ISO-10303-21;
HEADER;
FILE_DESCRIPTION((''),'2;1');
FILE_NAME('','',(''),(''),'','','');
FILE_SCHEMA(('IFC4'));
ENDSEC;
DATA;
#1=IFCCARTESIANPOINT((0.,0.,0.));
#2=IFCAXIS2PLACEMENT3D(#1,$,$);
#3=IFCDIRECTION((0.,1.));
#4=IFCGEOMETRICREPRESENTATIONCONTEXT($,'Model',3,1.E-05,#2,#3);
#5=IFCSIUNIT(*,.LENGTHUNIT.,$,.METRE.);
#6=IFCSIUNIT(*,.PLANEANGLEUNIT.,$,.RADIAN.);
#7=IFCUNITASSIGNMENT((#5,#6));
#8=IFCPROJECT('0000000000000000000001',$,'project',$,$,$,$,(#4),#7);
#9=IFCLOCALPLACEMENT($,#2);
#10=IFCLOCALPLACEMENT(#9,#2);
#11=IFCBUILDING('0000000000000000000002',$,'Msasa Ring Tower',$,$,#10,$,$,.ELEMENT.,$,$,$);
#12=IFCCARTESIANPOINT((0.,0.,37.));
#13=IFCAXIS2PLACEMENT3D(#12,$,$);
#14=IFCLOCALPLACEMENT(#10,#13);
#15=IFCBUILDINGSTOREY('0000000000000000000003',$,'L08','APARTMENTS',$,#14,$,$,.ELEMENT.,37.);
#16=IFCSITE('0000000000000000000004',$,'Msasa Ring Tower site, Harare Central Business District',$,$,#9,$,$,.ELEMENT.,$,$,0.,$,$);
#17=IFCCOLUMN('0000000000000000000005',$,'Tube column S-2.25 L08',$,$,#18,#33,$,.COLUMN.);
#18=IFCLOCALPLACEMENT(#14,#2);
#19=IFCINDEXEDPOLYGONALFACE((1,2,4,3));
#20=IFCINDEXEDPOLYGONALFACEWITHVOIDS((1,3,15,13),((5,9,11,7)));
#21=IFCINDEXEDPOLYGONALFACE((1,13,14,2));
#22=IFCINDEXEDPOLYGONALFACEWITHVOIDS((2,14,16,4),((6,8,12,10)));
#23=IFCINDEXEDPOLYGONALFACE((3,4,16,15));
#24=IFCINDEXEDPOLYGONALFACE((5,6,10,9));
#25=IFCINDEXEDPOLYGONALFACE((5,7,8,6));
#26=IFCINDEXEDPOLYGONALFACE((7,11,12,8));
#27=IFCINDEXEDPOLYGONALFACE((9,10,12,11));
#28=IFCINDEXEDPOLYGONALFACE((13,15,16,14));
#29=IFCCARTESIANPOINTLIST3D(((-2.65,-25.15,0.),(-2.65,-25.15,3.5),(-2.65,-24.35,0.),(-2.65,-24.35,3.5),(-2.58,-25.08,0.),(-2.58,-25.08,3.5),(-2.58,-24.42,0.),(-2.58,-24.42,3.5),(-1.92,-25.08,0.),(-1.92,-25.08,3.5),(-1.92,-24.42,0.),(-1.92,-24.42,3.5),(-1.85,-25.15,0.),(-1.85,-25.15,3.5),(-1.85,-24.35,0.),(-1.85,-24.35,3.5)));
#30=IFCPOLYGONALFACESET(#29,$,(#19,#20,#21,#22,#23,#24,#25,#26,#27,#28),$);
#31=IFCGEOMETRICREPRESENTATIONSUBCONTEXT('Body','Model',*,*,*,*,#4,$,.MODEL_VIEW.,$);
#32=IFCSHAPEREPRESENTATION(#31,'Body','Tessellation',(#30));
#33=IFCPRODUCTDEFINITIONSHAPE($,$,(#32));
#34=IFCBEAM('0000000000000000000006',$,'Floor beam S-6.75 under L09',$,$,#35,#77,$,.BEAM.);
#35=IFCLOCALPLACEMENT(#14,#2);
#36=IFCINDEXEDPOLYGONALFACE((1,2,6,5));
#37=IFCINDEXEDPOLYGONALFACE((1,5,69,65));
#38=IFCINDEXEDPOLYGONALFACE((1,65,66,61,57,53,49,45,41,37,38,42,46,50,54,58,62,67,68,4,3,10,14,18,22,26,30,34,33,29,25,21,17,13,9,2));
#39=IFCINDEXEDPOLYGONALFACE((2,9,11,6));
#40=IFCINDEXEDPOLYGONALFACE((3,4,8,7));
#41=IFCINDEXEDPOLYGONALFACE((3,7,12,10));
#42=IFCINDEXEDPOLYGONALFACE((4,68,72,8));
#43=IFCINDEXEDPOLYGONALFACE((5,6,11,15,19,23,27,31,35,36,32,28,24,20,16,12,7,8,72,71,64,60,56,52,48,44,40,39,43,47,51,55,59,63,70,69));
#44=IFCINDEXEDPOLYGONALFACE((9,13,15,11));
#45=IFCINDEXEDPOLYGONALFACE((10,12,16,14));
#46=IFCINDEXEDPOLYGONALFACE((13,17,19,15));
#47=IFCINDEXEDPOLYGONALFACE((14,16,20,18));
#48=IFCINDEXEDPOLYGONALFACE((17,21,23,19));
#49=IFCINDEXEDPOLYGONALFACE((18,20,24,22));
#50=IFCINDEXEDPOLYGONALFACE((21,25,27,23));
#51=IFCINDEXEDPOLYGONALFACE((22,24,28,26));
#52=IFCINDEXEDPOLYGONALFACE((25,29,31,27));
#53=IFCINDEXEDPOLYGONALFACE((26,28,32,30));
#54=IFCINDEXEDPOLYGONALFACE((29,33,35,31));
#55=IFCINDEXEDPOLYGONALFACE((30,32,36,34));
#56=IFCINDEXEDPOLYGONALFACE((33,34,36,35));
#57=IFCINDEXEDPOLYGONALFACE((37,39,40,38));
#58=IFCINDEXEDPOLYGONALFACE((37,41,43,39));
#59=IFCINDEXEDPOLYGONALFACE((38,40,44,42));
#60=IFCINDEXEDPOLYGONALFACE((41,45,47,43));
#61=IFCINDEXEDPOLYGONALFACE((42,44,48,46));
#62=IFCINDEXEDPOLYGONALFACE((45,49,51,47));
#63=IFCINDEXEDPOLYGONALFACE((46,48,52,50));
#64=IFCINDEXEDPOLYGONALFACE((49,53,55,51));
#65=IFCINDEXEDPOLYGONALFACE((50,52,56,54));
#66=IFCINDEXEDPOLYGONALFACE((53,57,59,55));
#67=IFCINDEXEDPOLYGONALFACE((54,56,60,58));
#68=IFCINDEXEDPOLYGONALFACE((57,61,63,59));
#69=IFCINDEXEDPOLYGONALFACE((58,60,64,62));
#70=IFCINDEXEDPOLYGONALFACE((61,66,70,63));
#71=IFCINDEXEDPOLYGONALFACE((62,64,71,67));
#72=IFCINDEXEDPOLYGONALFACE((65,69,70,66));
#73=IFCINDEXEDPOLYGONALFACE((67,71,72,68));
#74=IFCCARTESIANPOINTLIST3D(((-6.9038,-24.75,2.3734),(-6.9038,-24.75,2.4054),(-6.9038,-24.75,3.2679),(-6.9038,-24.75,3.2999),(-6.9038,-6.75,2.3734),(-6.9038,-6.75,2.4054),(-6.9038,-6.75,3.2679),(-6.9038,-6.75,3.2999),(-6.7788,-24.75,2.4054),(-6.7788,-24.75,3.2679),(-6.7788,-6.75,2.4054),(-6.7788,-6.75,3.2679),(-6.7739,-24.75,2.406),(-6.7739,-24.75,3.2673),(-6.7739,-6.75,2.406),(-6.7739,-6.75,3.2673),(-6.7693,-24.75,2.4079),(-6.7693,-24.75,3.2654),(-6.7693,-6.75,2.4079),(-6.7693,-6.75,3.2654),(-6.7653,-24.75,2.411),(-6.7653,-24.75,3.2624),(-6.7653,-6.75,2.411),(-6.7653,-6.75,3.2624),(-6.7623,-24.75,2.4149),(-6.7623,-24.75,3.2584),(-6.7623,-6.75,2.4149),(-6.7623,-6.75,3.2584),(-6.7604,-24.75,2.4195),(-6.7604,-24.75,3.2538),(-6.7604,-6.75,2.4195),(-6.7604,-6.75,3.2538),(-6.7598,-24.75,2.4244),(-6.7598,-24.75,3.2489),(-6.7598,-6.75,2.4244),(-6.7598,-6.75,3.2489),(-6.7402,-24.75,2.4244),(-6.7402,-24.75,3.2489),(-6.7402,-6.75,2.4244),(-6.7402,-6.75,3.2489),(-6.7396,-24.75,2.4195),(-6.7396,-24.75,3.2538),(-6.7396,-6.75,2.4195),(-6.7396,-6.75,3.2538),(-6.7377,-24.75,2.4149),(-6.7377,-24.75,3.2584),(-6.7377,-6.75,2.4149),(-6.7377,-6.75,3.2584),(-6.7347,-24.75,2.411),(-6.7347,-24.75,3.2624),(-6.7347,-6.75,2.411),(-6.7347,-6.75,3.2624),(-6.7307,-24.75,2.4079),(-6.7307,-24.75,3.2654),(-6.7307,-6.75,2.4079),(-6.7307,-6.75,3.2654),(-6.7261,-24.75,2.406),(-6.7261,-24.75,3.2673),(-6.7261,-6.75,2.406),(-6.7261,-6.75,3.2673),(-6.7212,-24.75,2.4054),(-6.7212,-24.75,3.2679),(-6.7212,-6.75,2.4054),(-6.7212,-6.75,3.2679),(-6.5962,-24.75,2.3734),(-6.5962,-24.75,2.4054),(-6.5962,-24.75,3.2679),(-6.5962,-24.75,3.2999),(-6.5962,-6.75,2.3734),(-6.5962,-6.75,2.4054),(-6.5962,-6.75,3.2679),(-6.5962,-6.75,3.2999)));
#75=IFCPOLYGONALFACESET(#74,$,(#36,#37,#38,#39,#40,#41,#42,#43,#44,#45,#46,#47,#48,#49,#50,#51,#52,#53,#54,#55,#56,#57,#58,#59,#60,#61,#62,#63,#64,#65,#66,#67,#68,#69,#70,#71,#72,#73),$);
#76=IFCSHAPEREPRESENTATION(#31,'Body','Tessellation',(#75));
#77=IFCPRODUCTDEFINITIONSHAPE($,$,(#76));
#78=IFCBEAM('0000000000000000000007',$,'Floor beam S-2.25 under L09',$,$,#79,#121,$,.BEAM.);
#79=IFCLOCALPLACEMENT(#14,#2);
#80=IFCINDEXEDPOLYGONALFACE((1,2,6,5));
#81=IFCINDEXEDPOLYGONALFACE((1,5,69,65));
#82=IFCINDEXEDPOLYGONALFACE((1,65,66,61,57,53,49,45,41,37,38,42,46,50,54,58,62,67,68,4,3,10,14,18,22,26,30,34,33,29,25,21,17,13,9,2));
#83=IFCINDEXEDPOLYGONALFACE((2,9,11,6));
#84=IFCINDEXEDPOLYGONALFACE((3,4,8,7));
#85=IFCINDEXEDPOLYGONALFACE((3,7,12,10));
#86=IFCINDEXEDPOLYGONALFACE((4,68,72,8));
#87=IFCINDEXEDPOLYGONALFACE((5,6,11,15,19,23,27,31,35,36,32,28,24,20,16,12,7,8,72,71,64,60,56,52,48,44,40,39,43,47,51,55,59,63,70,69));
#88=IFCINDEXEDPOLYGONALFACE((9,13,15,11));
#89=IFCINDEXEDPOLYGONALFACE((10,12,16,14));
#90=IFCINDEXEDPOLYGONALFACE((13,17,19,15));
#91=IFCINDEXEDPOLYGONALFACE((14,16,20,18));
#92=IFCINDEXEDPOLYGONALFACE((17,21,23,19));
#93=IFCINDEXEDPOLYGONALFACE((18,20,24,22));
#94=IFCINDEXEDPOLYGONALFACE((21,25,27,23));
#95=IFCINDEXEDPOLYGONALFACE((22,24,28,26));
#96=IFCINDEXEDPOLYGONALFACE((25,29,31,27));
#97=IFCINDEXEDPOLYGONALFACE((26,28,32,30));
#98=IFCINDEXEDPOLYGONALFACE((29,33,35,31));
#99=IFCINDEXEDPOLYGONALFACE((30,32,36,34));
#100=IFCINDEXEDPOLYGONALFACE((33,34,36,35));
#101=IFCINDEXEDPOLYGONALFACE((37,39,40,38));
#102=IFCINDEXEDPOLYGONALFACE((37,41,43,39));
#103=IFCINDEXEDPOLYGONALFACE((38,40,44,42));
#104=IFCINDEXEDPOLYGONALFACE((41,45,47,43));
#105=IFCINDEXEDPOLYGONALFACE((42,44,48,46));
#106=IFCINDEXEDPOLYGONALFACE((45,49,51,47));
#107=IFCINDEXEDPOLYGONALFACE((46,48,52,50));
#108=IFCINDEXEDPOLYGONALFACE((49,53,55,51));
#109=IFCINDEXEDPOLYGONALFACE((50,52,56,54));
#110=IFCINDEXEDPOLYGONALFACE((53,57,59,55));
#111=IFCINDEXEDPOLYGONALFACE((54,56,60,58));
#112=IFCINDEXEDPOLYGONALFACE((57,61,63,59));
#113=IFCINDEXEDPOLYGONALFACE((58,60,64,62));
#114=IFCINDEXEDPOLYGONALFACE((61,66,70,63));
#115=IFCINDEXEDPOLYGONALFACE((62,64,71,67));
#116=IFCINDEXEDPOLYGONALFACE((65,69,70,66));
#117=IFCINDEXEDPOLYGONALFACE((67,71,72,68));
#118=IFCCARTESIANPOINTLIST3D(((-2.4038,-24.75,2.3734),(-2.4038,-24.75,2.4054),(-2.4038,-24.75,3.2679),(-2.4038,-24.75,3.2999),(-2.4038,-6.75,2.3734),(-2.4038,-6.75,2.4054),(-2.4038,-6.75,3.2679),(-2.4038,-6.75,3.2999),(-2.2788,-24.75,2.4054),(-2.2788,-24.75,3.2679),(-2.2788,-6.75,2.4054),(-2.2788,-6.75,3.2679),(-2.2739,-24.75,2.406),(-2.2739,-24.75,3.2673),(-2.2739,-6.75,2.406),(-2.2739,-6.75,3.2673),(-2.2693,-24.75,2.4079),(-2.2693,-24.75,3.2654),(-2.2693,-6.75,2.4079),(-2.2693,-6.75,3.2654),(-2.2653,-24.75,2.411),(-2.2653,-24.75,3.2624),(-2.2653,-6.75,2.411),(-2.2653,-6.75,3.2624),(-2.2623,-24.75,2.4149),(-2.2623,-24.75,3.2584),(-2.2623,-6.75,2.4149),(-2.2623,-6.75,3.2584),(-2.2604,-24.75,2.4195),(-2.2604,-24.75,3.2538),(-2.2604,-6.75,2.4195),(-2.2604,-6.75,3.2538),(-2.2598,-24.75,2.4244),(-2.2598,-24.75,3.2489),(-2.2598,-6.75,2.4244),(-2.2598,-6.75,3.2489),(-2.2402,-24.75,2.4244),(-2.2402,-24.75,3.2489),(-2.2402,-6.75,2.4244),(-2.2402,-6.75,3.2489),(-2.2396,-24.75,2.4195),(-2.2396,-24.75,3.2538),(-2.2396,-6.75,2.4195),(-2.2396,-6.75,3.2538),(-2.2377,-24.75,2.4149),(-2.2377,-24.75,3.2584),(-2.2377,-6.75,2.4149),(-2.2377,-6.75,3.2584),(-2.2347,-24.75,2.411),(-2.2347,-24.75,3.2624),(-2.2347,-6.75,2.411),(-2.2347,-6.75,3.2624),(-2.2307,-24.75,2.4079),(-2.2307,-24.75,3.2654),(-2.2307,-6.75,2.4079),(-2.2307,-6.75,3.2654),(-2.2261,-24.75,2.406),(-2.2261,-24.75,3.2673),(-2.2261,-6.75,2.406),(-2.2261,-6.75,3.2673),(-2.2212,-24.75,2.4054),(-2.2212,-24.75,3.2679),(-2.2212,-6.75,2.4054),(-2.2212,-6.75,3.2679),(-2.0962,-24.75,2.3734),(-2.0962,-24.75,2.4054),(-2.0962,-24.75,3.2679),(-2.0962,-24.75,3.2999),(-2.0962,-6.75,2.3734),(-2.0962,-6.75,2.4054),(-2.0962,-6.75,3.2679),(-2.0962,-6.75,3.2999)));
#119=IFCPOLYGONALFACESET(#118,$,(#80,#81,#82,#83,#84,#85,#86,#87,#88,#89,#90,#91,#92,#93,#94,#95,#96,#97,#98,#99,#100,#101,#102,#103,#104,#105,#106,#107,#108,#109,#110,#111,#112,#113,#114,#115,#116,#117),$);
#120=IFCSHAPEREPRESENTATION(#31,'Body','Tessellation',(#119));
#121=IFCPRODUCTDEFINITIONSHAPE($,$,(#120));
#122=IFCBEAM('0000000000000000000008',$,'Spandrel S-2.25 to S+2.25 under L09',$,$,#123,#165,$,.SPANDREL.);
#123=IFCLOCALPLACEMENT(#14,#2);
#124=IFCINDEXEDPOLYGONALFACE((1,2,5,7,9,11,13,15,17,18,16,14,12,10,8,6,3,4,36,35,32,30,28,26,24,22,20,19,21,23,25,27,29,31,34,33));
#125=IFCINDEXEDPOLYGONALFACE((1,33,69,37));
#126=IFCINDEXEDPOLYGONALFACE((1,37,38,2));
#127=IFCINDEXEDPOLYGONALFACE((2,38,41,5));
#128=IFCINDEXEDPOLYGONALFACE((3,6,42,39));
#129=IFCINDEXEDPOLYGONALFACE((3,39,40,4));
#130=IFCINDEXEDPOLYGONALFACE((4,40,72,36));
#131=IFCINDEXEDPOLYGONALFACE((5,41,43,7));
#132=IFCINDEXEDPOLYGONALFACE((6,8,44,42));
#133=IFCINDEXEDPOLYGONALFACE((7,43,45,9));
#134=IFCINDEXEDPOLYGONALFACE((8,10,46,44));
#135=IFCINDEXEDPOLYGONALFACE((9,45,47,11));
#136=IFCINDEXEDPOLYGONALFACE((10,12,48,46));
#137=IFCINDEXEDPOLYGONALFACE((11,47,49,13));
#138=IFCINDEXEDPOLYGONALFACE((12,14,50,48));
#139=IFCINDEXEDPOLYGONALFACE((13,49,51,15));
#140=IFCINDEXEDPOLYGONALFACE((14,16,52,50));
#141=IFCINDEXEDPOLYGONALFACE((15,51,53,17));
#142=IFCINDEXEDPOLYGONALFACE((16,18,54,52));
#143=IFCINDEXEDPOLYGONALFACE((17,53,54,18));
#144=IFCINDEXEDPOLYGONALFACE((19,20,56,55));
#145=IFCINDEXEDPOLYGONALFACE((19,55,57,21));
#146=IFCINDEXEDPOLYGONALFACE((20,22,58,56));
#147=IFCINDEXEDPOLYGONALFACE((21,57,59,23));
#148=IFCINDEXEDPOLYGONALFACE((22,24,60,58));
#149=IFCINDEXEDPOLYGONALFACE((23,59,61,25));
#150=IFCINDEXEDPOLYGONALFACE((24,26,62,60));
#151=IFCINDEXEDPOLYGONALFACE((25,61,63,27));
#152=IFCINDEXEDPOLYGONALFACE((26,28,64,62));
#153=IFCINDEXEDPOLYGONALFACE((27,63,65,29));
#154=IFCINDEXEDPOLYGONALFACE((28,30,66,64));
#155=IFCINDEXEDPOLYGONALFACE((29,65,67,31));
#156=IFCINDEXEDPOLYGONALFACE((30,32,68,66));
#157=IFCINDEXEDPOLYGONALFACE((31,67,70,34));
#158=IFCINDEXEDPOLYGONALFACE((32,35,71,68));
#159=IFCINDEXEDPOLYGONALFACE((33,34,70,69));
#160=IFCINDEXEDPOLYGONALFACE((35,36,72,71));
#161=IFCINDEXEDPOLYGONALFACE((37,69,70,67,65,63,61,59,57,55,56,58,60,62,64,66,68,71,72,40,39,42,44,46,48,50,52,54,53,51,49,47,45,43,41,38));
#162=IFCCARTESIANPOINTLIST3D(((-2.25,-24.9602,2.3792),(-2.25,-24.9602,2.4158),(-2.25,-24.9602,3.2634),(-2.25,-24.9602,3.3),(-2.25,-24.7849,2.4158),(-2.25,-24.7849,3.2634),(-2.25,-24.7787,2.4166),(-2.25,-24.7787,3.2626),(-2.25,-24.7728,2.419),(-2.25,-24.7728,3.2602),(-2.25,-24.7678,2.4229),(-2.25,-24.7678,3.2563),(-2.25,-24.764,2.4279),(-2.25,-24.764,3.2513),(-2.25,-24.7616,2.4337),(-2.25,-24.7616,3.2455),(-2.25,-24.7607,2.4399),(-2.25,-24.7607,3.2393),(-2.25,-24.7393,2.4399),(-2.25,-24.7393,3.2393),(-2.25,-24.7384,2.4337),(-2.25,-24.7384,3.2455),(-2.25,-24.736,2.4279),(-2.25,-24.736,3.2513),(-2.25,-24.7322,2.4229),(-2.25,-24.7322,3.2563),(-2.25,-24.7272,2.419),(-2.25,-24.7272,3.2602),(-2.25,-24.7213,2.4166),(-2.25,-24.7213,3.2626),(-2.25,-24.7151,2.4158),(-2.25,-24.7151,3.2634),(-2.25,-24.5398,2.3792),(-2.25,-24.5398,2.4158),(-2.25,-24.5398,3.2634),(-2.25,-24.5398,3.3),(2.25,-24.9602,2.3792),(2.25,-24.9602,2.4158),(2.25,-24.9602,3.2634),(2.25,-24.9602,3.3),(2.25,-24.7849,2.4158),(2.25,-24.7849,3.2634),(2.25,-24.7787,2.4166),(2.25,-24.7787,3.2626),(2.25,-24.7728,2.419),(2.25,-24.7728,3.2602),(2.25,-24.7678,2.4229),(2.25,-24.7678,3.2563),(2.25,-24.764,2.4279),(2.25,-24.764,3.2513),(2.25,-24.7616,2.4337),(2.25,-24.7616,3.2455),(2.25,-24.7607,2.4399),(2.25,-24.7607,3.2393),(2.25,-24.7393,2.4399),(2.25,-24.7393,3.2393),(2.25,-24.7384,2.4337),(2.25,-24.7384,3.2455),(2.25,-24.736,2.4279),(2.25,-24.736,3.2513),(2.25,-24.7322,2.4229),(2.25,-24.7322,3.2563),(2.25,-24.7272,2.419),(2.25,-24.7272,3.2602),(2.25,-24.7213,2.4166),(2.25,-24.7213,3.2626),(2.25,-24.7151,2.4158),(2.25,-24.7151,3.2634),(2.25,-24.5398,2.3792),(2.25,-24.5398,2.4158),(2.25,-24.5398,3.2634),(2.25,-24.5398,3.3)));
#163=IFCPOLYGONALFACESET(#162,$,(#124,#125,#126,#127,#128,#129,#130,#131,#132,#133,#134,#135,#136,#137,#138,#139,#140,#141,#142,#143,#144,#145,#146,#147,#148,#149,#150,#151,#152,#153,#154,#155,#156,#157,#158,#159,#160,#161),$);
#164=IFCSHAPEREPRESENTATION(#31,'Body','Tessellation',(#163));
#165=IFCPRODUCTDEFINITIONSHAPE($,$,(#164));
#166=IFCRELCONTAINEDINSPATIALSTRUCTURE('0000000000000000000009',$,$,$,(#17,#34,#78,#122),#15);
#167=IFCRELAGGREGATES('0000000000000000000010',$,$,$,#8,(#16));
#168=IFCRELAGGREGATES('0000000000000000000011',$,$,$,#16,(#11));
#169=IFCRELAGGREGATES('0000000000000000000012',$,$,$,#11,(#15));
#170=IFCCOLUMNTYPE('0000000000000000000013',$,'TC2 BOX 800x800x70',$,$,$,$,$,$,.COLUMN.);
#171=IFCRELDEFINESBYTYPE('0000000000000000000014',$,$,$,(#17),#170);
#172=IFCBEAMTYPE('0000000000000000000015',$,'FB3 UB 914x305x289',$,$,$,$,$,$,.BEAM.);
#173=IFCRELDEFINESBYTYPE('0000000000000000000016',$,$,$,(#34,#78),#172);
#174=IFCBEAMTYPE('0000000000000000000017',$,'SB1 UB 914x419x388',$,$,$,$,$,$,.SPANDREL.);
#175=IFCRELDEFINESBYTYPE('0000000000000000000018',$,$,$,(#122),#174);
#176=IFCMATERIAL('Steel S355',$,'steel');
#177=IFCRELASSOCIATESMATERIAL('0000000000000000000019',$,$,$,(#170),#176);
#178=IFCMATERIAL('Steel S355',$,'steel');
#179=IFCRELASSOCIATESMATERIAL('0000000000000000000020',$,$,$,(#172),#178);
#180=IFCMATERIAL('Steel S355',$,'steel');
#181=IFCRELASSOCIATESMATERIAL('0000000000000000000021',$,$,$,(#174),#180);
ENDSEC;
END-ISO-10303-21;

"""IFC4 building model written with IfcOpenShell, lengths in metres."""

from ifc_helpers import new_model, si_unit, direction, frame, origin, origin_2d, place, context, subcontext, project, spatial, hollow_rectangle, i_section, extrude, material, material_profile, profile_set, type_object, element, save


model = new_model("IFC4")

# Units and contexts
model_context = context("Model", 3, precision=1e-05, world=origin(), true_north=direction((0.0, 1.0)))
body_context = subcontext(model_context, "Body", "Model", "MODEL_VIEW")
ifc_project = project(units=[si_unit("LENGTHUNIT", "METRE"), si_unit("PLANEANGLEUNIT", "RADIAN")], contexts=[model_context])

# Site, building, storey
site_placement = place(None, origin())
site = spatial("IfcSite", under=ifc_project, at=site_placement, Name="Msasa Ring Tower site, Harare Central Business District", CompositionType="ELEMENT", RefElevation=0.0)
building_placement = place(site_placement, origin())
building = spatial("IfcBuilding", under=site, at=building_placement, Name="Msasa Ring Tower", CompositionType="ELEMENT")
storey_placement = place(building_placement, frame((0.0, 0.0, 37.0)))
storey = spatial("IfcBuildingStorey", under=building, at=storey_placement, Name="L08", Description="APARTMENTS", CompositionType="ELEMENT", Elevation=37.0)

# Column
ifc_material_1 = material(Name="Steel S355", Category="steel")
ifc_material_profile_1 = material_profile(ifc_material_1, hollow_rectangle(XDim=0.8, YDim=0.8, WallThickness=0.0701, at=origin_2d()), Name="BOX 800x800x70")
ifc_profile_set_1 = profile_set([ifc_material_profile_1], Name="Steel S355")
column_type = type_object("IfcColumnType", Name="TC2 BOX 800x800x70", PredefinedType="COLUMN", material=ifc_profile_set_1)
column_placement = place(storey_placement, frame((-2.25, -24.75, 0.0), z_axis=(0.0, 0.0, 1.0), x_axis=(0.0, 1.0, 0.0)))
element("IfcColumn", 1, at=column_placement, inside=storey, type_object=column_type, Name="Tube column S-2.25 L08", PredefinedType="COLUMN", context=body_context, shape_type="SweptSolid", body=[
    extrude(hollow_rectangle(XDim=0.8, YDim=0.8, WallThickness=0.0701, at=origin_2d()), origin(), (0.0, 0.0, 1.0), 3.5),
])

# Beams
ifc_material_2 = material(Name="Steel S355", Category="steel")
ifc_material_profile_2 = material_profile(ifc_material_2, i_section(OverallWidth=0.3076, OverallDepth=0.9265, WebThickness=0.0195, FlangeThickness=0.032, FilletRadius=0.019, at=origin_2d()), Name="UB 914x305x289")
ifc_profile_set_2 = profile_set([ifc_material_profile_2], Name="Steel S355")
beam_type_1 = type_object("IfcBeamType", Name="FB3 UB 914x305x289", PredefinedType="BEAM", material=ifc_profile_set_2)
for number, where, z_axis, x_axis, name in (
    (2, (-6.75, -24.75, 2.8367), (0.0, 1.0, 0.0), (-1.0, 0.0, 0.0), "Floor beam S-6.75 under L09"),
    (3, (-2.25, -24.75, 2.8367), (0.0, 1.0, 0.0), (-1.0, 0.0, 0.0), "Floor beam S-2.25 under L09"),
):
    element("IfcBeam", number, at=place(storey_placement, frame(where, z_axis=z_axis, x_axis=x_axis)), inside=storey, type_object=beam_type_1, Name=name, PredefinedType="BEAM", context=body_context, shape_type="SweptSolid", body=[
        extrude(i_section(OverallWidth=0.3076, OverallDepth=0.9265, WebThickness=0.0195, FlangeThickness=0.032, FilletRadius=0.019, at=origin_2d()), origin(), (0.0, 0.0, 1.0), 18.0),
    ])
ifc_material_3 = material(Name="Steel S355", Category="steel")
ifc_material_profile_3 = material_profile(ifc_material_3, i_section(OverallWidth=0.4204, OverallDepth=0.9209, WebThickness=0.0215, FlangeThickness=0.0366, FilletRadius=0.0242, at=origin_2d()), Name="UB 914x419x388")
ifc_profile_set_3 = profile_set([ifc_material_profile_3], Name="Steel S355")
beam_type_2 = type_object("IfcBeamType", Name="SB1 UB 914x419x388", PredefinedType="SPANDREL", material=ifc_profile_set_3)
beam_placement = place(storey_placement, frame((-2.25, -24.75, 2.8396), z_axis=(1.0, 0.0, 0.0), x_axis=(0.0, 1.0, 0.0)))
element("IfcBeam", 4, at=beam_placement, inside=storey, type_object=beam_type_2, Name="Spandrel S-2.25 to S+2.25 under L09", PredefinedType="SPANDREL", context=body_context, shape_type="SweptSolid", body=[
    extrude(i_section(OverallWidth=0.4204, OverallDepth=0.9209, WebThickness=0.0215, FlangeThickness=0.0366, FilletRadius=0.0242, at=origin_2d()), origin(), (0.0, 0.0, 1.0), 4.5),
])

save(model, "model.ifc")
